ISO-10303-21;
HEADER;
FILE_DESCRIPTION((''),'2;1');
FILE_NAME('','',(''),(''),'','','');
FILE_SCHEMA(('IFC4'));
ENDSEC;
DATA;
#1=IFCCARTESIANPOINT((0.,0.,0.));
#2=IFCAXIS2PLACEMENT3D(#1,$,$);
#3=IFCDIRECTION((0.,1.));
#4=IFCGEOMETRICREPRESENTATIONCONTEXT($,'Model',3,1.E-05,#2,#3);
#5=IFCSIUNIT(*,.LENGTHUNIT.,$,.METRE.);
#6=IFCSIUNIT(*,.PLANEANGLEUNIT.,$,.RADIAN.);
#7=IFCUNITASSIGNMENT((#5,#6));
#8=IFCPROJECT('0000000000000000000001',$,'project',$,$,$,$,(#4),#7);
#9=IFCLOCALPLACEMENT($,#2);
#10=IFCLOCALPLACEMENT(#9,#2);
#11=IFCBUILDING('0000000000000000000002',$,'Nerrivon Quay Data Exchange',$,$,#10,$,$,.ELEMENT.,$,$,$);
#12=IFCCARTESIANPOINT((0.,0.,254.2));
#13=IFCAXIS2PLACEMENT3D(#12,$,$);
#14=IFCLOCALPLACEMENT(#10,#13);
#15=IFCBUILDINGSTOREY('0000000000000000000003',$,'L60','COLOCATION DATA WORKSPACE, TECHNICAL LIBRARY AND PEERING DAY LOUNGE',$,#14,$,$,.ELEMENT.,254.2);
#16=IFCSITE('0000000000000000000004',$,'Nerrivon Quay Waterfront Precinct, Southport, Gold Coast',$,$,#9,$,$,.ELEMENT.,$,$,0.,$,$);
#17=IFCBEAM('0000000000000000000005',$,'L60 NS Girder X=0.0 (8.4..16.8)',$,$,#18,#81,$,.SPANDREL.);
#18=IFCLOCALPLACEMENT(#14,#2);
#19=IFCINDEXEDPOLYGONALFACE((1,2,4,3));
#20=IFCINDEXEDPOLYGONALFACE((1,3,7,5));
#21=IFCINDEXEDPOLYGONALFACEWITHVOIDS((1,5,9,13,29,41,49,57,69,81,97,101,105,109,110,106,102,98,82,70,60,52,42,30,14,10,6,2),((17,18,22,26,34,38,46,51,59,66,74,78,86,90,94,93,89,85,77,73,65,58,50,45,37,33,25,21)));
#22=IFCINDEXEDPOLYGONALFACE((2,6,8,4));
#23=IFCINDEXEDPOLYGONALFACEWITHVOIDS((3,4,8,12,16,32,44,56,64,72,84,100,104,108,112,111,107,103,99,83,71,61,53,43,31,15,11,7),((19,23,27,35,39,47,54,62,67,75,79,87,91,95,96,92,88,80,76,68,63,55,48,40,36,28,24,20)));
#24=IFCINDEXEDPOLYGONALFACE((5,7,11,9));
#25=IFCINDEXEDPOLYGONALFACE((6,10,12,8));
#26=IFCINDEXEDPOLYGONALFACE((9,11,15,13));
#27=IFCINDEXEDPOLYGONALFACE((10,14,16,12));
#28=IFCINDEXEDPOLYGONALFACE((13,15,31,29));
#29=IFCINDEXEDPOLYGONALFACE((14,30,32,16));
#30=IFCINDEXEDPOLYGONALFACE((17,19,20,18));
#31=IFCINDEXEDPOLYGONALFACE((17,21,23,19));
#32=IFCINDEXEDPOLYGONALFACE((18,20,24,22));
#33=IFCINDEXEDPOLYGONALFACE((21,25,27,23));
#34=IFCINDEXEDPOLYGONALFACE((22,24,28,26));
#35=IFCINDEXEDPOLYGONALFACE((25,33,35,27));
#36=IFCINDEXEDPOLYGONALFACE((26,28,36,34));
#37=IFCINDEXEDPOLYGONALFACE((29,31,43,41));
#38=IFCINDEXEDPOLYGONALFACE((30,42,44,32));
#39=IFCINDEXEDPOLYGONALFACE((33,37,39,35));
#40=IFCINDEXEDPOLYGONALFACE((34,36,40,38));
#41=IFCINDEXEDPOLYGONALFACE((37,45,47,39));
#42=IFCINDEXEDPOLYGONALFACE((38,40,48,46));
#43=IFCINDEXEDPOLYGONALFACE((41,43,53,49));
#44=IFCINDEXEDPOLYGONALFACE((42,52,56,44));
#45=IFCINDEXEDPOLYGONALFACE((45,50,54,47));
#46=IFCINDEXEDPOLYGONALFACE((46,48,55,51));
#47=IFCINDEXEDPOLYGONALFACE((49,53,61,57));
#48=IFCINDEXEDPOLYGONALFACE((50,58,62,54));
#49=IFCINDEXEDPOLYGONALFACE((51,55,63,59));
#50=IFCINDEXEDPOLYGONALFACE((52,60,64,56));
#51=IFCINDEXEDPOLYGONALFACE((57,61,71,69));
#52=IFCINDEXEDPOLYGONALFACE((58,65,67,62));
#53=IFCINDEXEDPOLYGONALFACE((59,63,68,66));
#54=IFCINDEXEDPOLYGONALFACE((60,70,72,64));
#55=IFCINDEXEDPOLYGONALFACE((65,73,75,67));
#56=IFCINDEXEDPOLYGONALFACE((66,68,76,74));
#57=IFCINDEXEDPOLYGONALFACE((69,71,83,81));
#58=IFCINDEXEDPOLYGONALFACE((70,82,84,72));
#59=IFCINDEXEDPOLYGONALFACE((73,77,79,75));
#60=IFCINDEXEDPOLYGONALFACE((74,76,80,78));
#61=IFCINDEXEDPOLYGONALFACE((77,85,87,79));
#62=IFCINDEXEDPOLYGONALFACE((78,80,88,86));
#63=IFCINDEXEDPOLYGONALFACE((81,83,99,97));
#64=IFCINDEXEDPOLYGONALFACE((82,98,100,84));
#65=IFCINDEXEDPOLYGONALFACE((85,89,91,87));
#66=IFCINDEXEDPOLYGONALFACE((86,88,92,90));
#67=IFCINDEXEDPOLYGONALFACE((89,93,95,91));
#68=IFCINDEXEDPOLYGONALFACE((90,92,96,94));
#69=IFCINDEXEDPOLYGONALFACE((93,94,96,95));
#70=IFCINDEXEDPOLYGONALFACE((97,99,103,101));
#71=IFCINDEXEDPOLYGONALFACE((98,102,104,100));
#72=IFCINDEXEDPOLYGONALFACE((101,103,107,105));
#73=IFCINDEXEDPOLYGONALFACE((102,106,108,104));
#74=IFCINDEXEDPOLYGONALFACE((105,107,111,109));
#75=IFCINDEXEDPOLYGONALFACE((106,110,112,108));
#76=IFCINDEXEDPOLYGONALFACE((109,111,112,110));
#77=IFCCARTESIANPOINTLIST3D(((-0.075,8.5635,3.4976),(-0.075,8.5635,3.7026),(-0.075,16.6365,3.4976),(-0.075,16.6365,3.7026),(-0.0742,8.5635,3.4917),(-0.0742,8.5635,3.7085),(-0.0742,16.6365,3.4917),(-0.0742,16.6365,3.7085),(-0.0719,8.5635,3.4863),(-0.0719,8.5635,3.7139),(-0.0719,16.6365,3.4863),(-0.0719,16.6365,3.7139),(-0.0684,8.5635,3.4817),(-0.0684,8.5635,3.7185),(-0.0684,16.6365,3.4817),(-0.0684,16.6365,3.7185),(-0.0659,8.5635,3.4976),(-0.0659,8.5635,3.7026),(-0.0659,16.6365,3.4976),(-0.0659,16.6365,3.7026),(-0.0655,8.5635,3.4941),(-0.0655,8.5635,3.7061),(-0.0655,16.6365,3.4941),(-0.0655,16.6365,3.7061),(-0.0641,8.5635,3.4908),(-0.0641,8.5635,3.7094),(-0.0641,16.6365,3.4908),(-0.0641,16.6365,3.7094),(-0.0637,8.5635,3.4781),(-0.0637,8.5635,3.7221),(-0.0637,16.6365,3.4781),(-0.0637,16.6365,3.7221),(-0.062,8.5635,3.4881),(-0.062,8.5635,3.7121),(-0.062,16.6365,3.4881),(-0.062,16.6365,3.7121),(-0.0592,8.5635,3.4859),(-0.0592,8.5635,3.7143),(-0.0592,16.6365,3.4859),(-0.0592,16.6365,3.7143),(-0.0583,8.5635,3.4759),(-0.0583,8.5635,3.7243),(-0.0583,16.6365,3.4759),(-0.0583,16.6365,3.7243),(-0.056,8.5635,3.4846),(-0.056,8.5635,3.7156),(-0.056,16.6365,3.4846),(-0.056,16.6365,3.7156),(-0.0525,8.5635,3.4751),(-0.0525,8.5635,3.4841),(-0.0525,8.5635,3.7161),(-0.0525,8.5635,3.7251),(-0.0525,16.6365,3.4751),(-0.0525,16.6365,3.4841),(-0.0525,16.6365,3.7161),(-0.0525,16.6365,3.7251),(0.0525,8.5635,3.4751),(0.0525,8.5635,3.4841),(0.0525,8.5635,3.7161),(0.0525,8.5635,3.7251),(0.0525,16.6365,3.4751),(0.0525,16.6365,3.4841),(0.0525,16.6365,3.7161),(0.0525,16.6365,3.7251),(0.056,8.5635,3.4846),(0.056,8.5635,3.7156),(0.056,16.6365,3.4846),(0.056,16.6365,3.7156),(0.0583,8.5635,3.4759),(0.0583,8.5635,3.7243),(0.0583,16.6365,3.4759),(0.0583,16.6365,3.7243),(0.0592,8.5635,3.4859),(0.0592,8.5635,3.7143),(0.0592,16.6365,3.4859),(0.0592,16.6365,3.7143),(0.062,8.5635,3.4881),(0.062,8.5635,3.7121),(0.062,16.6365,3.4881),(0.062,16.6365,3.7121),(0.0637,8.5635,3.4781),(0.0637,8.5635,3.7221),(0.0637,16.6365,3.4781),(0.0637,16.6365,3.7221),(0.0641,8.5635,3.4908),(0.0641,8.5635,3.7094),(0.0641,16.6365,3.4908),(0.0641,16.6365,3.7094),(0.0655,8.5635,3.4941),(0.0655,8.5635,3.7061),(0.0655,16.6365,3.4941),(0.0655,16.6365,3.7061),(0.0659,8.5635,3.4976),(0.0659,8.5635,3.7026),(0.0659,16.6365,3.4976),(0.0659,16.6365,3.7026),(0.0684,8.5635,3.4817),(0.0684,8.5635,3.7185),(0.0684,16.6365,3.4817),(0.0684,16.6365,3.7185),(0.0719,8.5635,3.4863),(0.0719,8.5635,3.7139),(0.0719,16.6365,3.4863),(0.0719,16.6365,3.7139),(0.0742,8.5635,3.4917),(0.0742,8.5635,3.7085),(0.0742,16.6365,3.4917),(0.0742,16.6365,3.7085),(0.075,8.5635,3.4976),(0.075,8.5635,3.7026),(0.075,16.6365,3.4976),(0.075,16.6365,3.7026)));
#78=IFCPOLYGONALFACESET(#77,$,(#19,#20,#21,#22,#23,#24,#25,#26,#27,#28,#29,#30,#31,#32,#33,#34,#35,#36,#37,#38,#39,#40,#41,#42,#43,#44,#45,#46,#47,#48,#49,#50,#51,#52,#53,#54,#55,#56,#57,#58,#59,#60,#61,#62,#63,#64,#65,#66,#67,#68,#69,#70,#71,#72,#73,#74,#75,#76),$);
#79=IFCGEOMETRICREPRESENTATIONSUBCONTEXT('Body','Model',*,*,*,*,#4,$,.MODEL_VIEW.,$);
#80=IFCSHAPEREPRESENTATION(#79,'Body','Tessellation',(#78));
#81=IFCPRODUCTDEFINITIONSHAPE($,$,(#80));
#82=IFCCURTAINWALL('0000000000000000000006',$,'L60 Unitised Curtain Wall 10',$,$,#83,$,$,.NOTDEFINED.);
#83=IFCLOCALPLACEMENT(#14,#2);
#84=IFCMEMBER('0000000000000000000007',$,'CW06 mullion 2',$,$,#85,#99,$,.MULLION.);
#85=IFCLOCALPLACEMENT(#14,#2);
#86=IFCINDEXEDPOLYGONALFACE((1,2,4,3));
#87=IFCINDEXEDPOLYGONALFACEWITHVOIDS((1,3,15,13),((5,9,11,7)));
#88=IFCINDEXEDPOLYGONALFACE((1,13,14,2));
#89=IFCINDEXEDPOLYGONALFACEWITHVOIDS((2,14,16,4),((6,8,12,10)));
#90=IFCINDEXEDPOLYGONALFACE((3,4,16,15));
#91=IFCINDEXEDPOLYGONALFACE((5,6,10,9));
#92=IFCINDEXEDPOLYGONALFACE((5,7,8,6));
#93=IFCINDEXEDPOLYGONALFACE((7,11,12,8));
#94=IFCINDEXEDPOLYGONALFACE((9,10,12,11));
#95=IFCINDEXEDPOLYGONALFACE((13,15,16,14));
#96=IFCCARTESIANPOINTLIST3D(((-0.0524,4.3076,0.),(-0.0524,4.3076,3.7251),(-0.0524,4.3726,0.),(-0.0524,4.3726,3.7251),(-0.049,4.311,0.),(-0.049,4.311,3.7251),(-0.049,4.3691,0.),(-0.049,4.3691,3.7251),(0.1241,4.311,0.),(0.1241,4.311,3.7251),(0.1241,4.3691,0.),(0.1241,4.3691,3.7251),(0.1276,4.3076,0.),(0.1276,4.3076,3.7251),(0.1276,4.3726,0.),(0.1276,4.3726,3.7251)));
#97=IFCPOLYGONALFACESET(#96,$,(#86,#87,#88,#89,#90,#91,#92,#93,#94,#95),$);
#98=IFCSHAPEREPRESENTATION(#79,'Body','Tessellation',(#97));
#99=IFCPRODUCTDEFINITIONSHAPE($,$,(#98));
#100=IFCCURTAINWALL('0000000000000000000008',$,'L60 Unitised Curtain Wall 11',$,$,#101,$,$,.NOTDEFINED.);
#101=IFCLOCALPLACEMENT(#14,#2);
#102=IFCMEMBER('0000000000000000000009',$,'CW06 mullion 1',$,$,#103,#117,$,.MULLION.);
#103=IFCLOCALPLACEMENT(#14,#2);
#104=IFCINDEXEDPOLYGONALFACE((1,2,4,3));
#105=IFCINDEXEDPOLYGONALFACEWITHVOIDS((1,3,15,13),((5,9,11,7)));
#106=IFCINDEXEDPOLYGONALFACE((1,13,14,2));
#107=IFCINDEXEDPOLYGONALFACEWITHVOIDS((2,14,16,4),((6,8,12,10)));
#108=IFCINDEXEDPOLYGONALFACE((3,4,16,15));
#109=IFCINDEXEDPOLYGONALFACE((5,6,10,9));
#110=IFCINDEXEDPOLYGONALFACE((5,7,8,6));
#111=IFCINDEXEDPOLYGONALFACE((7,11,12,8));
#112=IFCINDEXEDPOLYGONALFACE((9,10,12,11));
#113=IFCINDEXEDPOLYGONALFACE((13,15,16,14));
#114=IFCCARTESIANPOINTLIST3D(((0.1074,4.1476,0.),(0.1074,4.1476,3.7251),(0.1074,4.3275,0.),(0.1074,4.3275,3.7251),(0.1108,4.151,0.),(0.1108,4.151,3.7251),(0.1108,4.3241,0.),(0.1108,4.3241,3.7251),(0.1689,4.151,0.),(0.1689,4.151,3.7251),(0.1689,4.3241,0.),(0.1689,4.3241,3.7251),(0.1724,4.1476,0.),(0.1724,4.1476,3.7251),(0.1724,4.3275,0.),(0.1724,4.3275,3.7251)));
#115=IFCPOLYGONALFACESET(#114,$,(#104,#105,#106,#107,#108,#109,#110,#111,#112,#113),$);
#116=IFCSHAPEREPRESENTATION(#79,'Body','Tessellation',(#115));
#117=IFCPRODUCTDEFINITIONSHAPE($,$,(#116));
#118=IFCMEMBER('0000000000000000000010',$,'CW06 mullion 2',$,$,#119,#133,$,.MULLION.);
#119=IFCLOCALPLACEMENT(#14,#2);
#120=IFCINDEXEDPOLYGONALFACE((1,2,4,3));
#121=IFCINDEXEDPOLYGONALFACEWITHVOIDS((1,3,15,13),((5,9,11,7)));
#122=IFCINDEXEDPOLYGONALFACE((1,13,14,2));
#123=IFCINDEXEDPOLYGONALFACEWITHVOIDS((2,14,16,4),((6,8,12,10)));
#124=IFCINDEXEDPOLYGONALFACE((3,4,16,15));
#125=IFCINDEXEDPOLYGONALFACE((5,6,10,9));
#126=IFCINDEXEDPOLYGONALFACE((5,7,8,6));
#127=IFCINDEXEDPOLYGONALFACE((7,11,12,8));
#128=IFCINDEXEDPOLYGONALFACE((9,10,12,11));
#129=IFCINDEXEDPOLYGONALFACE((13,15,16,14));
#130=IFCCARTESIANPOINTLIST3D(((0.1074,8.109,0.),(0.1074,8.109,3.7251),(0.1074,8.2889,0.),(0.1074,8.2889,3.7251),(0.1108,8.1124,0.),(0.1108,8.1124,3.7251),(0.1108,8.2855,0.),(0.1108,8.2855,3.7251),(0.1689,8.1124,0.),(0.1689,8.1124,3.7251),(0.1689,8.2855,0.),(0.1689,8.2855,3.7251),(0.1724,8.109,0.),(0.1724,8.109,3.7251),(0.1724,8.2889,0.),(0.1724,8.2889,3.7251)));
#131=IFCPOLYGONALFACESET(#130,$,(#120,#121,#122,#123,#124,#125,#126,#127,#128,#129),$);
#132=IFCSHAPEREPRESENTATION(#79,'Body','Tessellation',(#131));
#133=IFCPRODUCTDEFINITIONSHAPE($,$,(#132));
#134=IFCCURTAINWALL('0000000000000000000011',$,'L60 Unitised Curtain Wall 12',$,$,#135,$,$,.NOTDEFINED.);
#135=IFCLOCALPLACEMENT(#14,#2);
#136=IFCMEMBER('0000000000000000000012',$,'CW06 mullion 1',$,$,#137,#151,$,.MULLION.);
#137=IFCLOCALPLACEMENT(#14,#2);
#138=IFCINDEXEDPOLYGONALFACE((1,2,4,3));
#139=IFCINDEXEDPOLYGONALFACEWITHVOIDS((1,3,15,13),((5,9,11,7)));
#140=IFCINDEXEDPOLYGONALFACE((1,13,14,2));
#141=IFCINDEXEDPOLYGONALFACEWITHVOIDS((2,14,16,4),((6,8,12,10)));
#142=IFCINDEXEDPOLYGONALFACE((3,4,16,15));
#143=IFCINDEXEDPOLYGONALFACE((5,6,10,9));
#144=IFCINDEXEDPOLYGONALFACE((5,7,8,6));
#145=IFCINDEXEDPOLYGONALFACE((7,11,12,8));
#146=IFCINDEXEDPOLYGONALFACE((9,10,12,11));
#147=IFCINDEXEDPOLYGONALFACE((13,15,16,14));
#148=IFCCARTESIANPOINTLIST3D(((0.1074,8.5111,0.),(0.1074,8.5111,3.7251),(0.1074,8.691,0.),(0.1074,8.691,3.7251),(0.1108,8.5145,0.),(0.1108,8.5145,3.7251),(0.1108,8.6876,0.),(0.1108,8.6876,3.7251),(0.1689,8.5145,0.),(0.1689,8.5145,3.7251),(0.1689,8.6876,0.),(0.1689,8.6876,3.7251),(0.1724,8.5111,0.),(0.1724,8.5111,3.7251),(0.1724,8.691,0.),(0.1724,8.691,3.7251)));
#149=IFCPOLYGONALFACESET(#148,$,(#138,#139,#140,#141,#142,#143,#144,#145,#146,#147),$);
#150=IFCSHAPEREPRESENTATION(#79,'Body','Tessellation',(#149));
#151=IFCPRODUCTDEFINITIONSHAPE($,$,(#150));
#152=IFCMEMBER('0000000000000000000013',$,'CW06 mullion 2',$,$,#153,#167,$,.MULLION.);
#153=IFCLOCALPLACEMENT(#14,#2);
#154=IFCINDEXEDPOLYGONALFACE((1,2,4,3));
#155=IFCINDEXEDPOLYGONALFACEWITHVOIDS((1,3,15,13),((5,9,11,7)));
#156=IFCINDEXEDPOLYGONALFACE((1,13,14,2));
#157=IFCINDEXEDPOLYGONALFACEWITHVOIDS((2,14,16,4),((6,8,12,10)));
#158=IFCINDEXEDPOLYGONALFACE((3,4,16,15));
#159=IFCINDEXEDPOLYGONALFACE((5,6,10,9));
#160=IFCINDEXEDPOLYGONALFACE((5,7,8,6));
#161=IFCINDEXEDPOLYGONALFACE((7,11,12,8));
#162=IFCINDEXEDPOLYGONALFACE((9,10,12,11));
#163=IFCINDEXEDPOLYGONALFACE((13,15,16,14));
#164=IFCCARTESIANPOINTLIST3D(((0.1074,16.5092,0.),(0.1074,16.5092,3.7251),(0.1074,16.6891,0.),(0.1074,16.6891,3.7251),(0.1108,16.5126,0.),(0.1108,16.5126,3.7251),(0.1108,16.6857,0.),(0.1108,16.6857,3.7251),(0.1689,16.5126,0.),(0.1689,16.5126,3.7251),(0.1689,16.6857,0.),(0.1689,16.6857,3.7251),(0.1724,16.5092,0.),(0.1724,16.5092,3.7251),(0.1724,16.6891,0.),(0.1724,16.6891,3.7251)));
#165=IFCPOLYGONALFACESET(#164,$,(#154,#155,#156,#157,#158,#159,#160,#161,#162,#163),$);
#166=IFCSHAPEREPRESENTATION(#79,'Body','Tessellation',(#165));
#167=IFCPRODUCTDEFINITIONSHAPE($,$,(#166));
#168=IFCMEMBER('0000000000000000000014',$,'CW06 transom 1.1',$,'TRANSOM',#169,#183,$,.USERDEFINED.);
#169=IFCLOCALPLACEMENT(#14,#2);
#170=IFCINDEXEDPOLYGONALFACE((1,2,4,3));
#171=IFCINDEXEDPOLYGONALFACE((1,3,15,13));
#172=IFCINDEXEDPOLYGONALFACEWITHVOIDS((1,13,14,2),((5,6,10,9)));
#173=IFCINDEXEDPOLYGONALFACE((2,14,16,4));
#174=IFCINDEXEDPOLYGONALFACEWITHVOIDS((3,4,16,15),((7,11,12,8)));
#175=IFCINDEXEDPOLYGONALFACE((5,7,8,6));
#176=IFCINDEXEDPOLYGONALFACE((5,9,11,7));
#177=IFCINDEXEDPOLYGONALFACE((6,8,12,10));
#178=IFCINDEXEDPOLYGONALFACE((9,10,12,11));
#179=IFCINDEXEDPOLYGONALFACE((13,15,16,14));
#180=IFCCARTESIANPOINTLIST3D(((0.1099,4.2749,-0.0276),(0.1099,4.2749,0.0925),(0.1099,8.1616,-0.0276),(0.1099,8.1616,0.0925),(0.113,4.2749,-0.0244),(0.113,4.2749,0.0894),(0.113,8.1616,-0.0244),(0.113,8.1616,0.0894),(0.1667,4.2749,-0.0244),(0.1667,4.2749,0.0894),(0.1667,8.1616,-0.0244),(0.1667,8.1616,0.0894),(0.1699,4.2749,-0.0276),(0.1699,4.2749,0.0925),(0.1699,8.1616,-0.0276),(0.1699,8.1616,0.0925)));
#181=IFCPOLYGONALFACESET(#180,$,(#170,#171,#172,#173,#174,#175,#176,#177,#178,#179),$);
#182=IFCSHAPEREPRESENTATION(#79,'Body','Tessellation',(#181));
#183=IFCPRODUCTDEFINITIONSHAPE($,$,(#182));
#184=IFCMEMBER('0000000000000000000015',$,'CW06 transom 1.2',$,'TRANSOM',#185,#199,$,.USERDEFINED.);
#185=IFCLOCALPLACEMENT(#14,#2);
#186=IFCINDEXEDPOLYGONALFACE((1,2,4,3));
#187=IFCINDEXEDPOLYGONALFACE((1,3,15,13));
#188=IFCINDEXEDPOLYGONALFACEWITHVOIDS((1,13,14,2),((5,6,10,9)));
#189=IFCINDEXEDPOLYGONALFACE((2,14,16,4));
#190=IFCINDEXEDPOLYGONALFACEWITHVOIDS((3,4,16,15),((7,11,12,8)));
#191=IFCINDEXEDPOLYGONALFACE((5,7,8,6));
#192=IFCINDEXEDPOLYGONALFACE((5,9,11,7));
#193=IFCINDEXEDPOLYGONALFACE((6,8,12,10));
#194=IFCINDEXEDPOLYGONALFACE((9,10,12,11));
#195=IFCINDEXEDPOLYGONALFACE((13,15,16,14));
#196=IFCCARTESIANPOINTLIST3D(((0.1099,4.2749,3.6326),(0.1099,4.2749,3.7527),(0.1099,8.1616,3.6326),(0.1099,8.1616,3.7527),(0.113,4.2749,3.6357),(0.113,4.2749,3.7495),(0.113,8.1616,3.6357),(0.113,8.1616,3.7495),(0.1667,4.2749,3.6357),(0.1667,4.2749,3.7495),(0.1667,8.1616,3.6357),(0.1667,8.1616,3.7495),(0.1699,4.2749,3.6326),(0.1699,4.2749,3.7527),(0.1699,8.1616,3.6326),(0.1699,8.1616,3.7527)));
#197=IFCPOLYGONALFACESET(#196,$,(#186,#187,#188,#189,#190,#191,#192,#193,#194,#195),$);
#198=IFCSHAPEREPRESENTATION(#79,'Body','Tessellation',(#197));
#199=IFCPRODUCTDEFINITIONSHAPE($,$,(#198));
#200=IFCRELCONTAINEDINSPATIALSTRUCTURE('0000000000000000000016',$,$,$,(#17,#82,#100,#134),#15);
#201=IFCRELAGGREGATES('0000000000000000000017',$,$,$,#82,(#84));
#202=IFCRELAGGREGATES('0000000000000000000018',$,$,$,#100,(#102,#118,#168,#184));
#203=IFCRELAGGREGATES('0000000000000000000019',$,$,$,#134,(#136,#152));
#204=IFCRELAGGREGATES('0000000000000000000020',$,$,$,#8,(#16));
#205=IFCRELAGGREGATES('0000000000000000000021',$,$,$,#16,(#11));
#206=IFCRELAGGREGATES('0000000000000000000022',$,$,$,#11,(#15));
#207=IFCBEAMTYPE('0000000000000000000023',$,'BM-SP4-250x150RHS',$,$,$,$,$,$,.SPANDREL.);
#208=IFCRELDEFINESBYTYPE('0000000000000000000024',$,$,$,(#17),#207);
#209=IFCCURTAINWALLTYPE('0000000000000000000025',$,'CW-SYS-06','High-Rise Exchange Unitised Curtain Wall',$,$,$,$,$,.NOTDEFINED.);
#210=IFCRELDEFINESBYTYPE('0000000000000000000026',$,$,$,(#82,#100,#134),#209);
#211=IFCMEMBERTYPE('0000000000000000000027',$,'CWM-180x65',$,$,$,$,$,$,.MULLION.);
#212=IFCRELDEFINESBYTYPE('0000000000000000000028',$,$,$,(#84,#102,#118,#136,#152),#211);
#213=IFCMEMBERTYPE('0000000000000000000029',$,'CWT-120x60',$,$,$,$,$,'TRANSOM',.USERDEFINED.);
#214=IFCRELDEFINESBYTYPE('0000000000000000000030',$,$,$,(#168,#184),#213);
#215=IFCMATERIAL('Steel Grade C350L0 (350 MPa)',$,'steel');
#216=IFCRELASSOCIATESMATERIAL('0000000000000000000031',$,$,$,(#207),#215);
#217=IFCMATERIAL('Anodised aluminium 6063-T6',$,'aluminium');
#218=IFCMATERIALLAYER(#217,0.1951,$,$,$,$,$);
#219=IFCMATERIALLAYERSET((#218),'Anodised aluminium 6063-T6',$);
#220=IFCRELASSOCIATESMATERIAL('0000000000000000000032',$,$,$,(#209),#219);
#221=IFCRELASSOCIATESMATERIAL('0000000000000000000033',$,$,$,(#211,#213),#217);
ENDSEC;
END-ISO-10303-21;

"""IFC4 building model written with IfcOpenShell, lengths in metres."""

from ifc_helpers import new_model, si_unit, direction, frame, origin, origin_2d, place, context, subcontext, project, spatial, hollow_rectangle, extrude, material, layer, layer_set, material_profile, profile_set, type_object, element, aggregate, save


model = new_model("IFC4")

# Units and contexts
model_context = context("Model", 3, precision=1e-05, world=origin(), true_north=direction((0.0, 1.0)))
body_context = subcontext(model_context, "Body", "Model", "MODEL_VIEW")
ifc_project = project(units=[si_unit("LENGTHUNIT", "METRE"), si_unit("PLANEANGLEUNIT", "RADIAN")], contexts=[model_context])

# Site, building, storey
site_placement = place(None, origin())
site = spatial("IfcSite", under=ifc_project, at=site_placement, Name="Nerrivon Quay Waterfront Precinct, Southport, Gold Coast", CompositionType="ELEMENT", RefElevation=0.0)
building_placement = place(site_placement, origin())
building = spatial("IfcBuilding", under=site, at=building_placement, Name="Nerrivon Quay Data Exchange", CompositionType="ELEMENT")
storey_placement = place(building_placement, frame((0.0, 0.0, 254.2)))
storey = spatial("IfcBuildingStorey", under=building, at=storey_placement, Name="L60", Description="COLOCATION DATA WORKSPACE, TECHNICAL LIBRARY AND PEERING DAY LOUNGE", CompositionType="ELEMENT", Elevation=254.2)

# Beam
ifc_material_1 = material(Name="Steel Grade C350L0 (350 MPa)", Category="steel")
ifc_material_profile_1 = material_profile(ifc_material_1, hollow_rectangle(XDim=0.1499, YDim=0.25, WallThickness=0.009, InnerFilletRadius=0.0134, OuterFilletRadius=0.0225, at=origin_2d()), Name="250x150x9.0RHS")
ifc_profile_set_1 = profile_set([ifc_material_profile_1], Name="Steel Grade C350L0 (350 MPa)")
beam_type_1 = type_object("IfcBeamType", Name="BM-SP4-250x150RHS", PredefinedType="SPANDREL", material=ifc_profile_set_1)
beam_placement = place(storey_placement, frame((0.0, 8.5635, 3.6001), z_axis=(0.0, 1.0, 0.0), x_axis=(-1.0, 0.0, 0.0)))
element("IfcBeam", 1, at=beam_placement, inside=storey, type_object=beam_type_1, Name="L60 NS Girder X=0.0 (8.4..16.8)", PredefinedType="SPANDREL", context=body_context, shape_type="SweptSolid", body=[
    extrude(hollow_rectangle(XDim=0.1499, YDim=0.25, WallThickness=0.009, InnerFilletRadius=0.0134, OuterFilletRadius=0.0225, at=origin_2d()), origin(), (0.0, 0.0, 1.0), 8.073),
])

# Curtain wall, member
ifc_material_2 = material(Name="Anodised aluminium 6063-T6", Category="aluminium")
ifc_layer_1 = layer(ifc_material_2, 0.1951)
ifc_layer_set_1 = layer_set([ifc_layer_1], Name="Anodised aluminium 6063-T6")
curtain_wall_type = type_object("IfcCurtainWallType", Name="CW-SYS-06", Description="High-Rise Exchange Unitised Curtain Wall", PredefinedType="NOTDEFINED", material=ifc_layer_set_1)
curtain_wall_1_placement = place(storey_placement, origin())
curtain_wall_1 = element("IfcCurtainWall", 2, at=curtain_wall_1_placement, inside=storey, type_object=curtain_wall_type, Name="L60 Unitised Curtain Wall 10", PredefinedType="NOTDEFINED")
ifc_material_profile_2 = material_profile(ifc_material_2, hollow_rectangle(XDim=0.0649, YDim=0.1799, WallThickness=0.0034, at=origin_2d()), Name="ALU-MULL-180x65")
ifc_profile_set_2 = profile_set([ifc_material_profile_2], Name="Anodised aluminium 6063-T6")
member_type_1 = type_object("IfcMemberType", Name="CWM-180x65", PredefinedType="MULLION", material=ifc_profile_set_2)
member_1_placement = place(storey_placement, frame((0.0376, 4.3401, 0.0), z_axis=(0.0, 0.0, 1.0), x_axis=(0.0, -1.0, 0.0)))
member_1 = element("IfcMember", 3, at=member_1_placement, type_object=member_type_1, Name="CW06 mullion 2", PredefinedType="MULLION", context=body_context, shape_type="SweptSolid", body=[
    extrude(hollow_rectangle(XDim=0.0649, YDim=0.1799, WallThickness=0.0034, at=origin_2d()), origin(), (0.0, 0.0, 1.0), 3.7251),
])
aggregate(curtain_wall_1, [member_1])

# Curtain walls, members
curtain_wall_2_placement = place(storey_placement, origin())
curtain_wall_2 = element("IfcCurtainWall", 4, at=curtain_wall_2_placement, inside=storey, type_object=curtain_wall_type, Name="L60 Unitised Curtain Wall 11", PredefinedType="NOTDEFINED")
member_2_placement = place(storey_placement, frame((0.1399, 4.2375, 0.0), z_axis=(0.0, 0.0, 1.0), x_axis=(-1.0, 0.0, 0.0)))
member_2 = element("IfcMember", 5, at=member_2_placement, type_object=member_type_1, Name="CW06 mullion 1", PredefinedType="MULLION", context=body_context, shape_type="SweptSolid", body=[
    extrude(hollow_rectangle(XDim=0.0649, YDim=0.1799, WallThickness=0.0034, at=origin_2d()), origin(), (0.0, 0.0, 1.0), 3.7251),
])
member_3_placement = place(storey_placement, frame((0.1399, 8.199, 0.0), z_axis=(0.0, 0.0, 1.0), x_axis=(-1.0, 0.0, 0.0)))
member_3 = element("IfcMember", 6, at=member_3_placement, type_object=member_type_1, Name="CW06 mullion 2", PredefinedType="MULLION", context=body_context, shape_type="SweptSolid", body=[
    extrude(hollow_rectangle(XDim=0.0649, YDim=0.1799, WallThickness=0.0034, at=origin_2d()), origin(), (0.0, 0.0, 1.0), 3.7251),
])
curtain_wall_3_placement = place(storey_placement, origin())
curtain_wall_3 = element("IfcCurtainWall", 7, at=curtain_wall_3_placement, inside=storey, type_object=curtain_wall_type, Name="L60 Unitised Curtain Wall 12", PredefinedType="NOTDEFINED")
member_4_placement = place(storey_placement, frame((0.1399, 8.6011, 0.0), z_axis=(0.0, 0.0, 1.0), x_axis=(-1.0, 0.0, 0.0)))
member_4 = element("IfcMember", 8, at=member_4_placement, type_object=member_type_1, Name="CW06 mullion 1", PredefinedType="MULLION", context=body_context, shape_type="SweptSolid", body=[
    extrude(hollow_rectangle(XDim=0.0649, YDim=0.1799, WallThickness=0.0034, at=origin_2d()), origin(), (0.0, 0.0, 1.0), 3.7251),
])
member_5_placement = place(storey_placement, frame((0.1399, 16.5991, 0.0), z_axis=(0.0, 0.0, 1.0), x_axis=(-1.0, 0.0, 0.0)))
member_5 = element("IfcMember", 9, at=member_5_placement, type_object=member_type_1, Name="CW06 mullion 2", PredefinedType="MULLION", context=body_context, shape_type="SweptSolid", body=[
    extrude(hollow_rectangle(XDim=0.0649, YDim=0.1799, WallThickness=0.0034, at=origin_2d()), origin(), (0.0, 0.0, 1.0), 3.7251),
])

# Members
ifc_material_profile_3 = material_profile(ifc_material_2, hollow_rectangle(XDim=0.0601, YDim=0.1201, WallThickness=0.0032, at=origin_2d()), Name="ALU-TRAN-120x60")
ifc_profile_set_3 = profile_set([ifc_material_profile_3], Name="Anodised aluminium 6063-T6")
member_type_2 = type_object("IfcMemberType", Name="CWT-120x60", ElementType="TRANSOM", PredefinedType="USERDEFINED", material=ifc_profile_set_3)
member_6_placement = place(storey_placement, frame((0.1399, 4.2749, 0.0325), z_axis=(0.0, 1.0, 0.0), x_axis=(-1.0, 0.0, 0.0)))
member_6 = element("IfcMember", 10, at=member_6_placement, type_object=member_type_2, Name="CW06 transom 1.1", ObjectType="TRANSOM", PredefinedType="USERDEFINED", context=body_context, shape_type="SweptSolid", body=[
    extrude(hollow_rectangle(XDim=0.0601, YDim=0.1201, WallThickness=0.0032, at=origin_2d()), origin(), (0.0, 0.0, 1.0), 3.8867),
])
member_7_placement = place(storey_placement, frame((0.1399, 4.2749, 3.6926), z_axis=(0.0, 1.0, 0.0), x_axis=(-1.0, 0.0, 0.0)))
member_7 = element("IfcMember", 11, at=member_7_placement, type_object=member_type_2, Name="CW06 transom 1.2", ObjectType="TRANSOM", PredefinedType="USERDEFINED", context=body_context, shape_type="SweptSolid", body=[
    extrude(hollow_rectangle(XDim=0.0601, YDim=0.1201, WallThickness=0.0032, at=origin_2d()), origin(), (0.0, 0.0, 1.0), 3.8867),
])

aggregate(curtain_wall_2, [member_2, member_3, member_6, member_7])
aggregate(curtain_wall_3, [member_4, member_5])

save(model, "model.ifc")
